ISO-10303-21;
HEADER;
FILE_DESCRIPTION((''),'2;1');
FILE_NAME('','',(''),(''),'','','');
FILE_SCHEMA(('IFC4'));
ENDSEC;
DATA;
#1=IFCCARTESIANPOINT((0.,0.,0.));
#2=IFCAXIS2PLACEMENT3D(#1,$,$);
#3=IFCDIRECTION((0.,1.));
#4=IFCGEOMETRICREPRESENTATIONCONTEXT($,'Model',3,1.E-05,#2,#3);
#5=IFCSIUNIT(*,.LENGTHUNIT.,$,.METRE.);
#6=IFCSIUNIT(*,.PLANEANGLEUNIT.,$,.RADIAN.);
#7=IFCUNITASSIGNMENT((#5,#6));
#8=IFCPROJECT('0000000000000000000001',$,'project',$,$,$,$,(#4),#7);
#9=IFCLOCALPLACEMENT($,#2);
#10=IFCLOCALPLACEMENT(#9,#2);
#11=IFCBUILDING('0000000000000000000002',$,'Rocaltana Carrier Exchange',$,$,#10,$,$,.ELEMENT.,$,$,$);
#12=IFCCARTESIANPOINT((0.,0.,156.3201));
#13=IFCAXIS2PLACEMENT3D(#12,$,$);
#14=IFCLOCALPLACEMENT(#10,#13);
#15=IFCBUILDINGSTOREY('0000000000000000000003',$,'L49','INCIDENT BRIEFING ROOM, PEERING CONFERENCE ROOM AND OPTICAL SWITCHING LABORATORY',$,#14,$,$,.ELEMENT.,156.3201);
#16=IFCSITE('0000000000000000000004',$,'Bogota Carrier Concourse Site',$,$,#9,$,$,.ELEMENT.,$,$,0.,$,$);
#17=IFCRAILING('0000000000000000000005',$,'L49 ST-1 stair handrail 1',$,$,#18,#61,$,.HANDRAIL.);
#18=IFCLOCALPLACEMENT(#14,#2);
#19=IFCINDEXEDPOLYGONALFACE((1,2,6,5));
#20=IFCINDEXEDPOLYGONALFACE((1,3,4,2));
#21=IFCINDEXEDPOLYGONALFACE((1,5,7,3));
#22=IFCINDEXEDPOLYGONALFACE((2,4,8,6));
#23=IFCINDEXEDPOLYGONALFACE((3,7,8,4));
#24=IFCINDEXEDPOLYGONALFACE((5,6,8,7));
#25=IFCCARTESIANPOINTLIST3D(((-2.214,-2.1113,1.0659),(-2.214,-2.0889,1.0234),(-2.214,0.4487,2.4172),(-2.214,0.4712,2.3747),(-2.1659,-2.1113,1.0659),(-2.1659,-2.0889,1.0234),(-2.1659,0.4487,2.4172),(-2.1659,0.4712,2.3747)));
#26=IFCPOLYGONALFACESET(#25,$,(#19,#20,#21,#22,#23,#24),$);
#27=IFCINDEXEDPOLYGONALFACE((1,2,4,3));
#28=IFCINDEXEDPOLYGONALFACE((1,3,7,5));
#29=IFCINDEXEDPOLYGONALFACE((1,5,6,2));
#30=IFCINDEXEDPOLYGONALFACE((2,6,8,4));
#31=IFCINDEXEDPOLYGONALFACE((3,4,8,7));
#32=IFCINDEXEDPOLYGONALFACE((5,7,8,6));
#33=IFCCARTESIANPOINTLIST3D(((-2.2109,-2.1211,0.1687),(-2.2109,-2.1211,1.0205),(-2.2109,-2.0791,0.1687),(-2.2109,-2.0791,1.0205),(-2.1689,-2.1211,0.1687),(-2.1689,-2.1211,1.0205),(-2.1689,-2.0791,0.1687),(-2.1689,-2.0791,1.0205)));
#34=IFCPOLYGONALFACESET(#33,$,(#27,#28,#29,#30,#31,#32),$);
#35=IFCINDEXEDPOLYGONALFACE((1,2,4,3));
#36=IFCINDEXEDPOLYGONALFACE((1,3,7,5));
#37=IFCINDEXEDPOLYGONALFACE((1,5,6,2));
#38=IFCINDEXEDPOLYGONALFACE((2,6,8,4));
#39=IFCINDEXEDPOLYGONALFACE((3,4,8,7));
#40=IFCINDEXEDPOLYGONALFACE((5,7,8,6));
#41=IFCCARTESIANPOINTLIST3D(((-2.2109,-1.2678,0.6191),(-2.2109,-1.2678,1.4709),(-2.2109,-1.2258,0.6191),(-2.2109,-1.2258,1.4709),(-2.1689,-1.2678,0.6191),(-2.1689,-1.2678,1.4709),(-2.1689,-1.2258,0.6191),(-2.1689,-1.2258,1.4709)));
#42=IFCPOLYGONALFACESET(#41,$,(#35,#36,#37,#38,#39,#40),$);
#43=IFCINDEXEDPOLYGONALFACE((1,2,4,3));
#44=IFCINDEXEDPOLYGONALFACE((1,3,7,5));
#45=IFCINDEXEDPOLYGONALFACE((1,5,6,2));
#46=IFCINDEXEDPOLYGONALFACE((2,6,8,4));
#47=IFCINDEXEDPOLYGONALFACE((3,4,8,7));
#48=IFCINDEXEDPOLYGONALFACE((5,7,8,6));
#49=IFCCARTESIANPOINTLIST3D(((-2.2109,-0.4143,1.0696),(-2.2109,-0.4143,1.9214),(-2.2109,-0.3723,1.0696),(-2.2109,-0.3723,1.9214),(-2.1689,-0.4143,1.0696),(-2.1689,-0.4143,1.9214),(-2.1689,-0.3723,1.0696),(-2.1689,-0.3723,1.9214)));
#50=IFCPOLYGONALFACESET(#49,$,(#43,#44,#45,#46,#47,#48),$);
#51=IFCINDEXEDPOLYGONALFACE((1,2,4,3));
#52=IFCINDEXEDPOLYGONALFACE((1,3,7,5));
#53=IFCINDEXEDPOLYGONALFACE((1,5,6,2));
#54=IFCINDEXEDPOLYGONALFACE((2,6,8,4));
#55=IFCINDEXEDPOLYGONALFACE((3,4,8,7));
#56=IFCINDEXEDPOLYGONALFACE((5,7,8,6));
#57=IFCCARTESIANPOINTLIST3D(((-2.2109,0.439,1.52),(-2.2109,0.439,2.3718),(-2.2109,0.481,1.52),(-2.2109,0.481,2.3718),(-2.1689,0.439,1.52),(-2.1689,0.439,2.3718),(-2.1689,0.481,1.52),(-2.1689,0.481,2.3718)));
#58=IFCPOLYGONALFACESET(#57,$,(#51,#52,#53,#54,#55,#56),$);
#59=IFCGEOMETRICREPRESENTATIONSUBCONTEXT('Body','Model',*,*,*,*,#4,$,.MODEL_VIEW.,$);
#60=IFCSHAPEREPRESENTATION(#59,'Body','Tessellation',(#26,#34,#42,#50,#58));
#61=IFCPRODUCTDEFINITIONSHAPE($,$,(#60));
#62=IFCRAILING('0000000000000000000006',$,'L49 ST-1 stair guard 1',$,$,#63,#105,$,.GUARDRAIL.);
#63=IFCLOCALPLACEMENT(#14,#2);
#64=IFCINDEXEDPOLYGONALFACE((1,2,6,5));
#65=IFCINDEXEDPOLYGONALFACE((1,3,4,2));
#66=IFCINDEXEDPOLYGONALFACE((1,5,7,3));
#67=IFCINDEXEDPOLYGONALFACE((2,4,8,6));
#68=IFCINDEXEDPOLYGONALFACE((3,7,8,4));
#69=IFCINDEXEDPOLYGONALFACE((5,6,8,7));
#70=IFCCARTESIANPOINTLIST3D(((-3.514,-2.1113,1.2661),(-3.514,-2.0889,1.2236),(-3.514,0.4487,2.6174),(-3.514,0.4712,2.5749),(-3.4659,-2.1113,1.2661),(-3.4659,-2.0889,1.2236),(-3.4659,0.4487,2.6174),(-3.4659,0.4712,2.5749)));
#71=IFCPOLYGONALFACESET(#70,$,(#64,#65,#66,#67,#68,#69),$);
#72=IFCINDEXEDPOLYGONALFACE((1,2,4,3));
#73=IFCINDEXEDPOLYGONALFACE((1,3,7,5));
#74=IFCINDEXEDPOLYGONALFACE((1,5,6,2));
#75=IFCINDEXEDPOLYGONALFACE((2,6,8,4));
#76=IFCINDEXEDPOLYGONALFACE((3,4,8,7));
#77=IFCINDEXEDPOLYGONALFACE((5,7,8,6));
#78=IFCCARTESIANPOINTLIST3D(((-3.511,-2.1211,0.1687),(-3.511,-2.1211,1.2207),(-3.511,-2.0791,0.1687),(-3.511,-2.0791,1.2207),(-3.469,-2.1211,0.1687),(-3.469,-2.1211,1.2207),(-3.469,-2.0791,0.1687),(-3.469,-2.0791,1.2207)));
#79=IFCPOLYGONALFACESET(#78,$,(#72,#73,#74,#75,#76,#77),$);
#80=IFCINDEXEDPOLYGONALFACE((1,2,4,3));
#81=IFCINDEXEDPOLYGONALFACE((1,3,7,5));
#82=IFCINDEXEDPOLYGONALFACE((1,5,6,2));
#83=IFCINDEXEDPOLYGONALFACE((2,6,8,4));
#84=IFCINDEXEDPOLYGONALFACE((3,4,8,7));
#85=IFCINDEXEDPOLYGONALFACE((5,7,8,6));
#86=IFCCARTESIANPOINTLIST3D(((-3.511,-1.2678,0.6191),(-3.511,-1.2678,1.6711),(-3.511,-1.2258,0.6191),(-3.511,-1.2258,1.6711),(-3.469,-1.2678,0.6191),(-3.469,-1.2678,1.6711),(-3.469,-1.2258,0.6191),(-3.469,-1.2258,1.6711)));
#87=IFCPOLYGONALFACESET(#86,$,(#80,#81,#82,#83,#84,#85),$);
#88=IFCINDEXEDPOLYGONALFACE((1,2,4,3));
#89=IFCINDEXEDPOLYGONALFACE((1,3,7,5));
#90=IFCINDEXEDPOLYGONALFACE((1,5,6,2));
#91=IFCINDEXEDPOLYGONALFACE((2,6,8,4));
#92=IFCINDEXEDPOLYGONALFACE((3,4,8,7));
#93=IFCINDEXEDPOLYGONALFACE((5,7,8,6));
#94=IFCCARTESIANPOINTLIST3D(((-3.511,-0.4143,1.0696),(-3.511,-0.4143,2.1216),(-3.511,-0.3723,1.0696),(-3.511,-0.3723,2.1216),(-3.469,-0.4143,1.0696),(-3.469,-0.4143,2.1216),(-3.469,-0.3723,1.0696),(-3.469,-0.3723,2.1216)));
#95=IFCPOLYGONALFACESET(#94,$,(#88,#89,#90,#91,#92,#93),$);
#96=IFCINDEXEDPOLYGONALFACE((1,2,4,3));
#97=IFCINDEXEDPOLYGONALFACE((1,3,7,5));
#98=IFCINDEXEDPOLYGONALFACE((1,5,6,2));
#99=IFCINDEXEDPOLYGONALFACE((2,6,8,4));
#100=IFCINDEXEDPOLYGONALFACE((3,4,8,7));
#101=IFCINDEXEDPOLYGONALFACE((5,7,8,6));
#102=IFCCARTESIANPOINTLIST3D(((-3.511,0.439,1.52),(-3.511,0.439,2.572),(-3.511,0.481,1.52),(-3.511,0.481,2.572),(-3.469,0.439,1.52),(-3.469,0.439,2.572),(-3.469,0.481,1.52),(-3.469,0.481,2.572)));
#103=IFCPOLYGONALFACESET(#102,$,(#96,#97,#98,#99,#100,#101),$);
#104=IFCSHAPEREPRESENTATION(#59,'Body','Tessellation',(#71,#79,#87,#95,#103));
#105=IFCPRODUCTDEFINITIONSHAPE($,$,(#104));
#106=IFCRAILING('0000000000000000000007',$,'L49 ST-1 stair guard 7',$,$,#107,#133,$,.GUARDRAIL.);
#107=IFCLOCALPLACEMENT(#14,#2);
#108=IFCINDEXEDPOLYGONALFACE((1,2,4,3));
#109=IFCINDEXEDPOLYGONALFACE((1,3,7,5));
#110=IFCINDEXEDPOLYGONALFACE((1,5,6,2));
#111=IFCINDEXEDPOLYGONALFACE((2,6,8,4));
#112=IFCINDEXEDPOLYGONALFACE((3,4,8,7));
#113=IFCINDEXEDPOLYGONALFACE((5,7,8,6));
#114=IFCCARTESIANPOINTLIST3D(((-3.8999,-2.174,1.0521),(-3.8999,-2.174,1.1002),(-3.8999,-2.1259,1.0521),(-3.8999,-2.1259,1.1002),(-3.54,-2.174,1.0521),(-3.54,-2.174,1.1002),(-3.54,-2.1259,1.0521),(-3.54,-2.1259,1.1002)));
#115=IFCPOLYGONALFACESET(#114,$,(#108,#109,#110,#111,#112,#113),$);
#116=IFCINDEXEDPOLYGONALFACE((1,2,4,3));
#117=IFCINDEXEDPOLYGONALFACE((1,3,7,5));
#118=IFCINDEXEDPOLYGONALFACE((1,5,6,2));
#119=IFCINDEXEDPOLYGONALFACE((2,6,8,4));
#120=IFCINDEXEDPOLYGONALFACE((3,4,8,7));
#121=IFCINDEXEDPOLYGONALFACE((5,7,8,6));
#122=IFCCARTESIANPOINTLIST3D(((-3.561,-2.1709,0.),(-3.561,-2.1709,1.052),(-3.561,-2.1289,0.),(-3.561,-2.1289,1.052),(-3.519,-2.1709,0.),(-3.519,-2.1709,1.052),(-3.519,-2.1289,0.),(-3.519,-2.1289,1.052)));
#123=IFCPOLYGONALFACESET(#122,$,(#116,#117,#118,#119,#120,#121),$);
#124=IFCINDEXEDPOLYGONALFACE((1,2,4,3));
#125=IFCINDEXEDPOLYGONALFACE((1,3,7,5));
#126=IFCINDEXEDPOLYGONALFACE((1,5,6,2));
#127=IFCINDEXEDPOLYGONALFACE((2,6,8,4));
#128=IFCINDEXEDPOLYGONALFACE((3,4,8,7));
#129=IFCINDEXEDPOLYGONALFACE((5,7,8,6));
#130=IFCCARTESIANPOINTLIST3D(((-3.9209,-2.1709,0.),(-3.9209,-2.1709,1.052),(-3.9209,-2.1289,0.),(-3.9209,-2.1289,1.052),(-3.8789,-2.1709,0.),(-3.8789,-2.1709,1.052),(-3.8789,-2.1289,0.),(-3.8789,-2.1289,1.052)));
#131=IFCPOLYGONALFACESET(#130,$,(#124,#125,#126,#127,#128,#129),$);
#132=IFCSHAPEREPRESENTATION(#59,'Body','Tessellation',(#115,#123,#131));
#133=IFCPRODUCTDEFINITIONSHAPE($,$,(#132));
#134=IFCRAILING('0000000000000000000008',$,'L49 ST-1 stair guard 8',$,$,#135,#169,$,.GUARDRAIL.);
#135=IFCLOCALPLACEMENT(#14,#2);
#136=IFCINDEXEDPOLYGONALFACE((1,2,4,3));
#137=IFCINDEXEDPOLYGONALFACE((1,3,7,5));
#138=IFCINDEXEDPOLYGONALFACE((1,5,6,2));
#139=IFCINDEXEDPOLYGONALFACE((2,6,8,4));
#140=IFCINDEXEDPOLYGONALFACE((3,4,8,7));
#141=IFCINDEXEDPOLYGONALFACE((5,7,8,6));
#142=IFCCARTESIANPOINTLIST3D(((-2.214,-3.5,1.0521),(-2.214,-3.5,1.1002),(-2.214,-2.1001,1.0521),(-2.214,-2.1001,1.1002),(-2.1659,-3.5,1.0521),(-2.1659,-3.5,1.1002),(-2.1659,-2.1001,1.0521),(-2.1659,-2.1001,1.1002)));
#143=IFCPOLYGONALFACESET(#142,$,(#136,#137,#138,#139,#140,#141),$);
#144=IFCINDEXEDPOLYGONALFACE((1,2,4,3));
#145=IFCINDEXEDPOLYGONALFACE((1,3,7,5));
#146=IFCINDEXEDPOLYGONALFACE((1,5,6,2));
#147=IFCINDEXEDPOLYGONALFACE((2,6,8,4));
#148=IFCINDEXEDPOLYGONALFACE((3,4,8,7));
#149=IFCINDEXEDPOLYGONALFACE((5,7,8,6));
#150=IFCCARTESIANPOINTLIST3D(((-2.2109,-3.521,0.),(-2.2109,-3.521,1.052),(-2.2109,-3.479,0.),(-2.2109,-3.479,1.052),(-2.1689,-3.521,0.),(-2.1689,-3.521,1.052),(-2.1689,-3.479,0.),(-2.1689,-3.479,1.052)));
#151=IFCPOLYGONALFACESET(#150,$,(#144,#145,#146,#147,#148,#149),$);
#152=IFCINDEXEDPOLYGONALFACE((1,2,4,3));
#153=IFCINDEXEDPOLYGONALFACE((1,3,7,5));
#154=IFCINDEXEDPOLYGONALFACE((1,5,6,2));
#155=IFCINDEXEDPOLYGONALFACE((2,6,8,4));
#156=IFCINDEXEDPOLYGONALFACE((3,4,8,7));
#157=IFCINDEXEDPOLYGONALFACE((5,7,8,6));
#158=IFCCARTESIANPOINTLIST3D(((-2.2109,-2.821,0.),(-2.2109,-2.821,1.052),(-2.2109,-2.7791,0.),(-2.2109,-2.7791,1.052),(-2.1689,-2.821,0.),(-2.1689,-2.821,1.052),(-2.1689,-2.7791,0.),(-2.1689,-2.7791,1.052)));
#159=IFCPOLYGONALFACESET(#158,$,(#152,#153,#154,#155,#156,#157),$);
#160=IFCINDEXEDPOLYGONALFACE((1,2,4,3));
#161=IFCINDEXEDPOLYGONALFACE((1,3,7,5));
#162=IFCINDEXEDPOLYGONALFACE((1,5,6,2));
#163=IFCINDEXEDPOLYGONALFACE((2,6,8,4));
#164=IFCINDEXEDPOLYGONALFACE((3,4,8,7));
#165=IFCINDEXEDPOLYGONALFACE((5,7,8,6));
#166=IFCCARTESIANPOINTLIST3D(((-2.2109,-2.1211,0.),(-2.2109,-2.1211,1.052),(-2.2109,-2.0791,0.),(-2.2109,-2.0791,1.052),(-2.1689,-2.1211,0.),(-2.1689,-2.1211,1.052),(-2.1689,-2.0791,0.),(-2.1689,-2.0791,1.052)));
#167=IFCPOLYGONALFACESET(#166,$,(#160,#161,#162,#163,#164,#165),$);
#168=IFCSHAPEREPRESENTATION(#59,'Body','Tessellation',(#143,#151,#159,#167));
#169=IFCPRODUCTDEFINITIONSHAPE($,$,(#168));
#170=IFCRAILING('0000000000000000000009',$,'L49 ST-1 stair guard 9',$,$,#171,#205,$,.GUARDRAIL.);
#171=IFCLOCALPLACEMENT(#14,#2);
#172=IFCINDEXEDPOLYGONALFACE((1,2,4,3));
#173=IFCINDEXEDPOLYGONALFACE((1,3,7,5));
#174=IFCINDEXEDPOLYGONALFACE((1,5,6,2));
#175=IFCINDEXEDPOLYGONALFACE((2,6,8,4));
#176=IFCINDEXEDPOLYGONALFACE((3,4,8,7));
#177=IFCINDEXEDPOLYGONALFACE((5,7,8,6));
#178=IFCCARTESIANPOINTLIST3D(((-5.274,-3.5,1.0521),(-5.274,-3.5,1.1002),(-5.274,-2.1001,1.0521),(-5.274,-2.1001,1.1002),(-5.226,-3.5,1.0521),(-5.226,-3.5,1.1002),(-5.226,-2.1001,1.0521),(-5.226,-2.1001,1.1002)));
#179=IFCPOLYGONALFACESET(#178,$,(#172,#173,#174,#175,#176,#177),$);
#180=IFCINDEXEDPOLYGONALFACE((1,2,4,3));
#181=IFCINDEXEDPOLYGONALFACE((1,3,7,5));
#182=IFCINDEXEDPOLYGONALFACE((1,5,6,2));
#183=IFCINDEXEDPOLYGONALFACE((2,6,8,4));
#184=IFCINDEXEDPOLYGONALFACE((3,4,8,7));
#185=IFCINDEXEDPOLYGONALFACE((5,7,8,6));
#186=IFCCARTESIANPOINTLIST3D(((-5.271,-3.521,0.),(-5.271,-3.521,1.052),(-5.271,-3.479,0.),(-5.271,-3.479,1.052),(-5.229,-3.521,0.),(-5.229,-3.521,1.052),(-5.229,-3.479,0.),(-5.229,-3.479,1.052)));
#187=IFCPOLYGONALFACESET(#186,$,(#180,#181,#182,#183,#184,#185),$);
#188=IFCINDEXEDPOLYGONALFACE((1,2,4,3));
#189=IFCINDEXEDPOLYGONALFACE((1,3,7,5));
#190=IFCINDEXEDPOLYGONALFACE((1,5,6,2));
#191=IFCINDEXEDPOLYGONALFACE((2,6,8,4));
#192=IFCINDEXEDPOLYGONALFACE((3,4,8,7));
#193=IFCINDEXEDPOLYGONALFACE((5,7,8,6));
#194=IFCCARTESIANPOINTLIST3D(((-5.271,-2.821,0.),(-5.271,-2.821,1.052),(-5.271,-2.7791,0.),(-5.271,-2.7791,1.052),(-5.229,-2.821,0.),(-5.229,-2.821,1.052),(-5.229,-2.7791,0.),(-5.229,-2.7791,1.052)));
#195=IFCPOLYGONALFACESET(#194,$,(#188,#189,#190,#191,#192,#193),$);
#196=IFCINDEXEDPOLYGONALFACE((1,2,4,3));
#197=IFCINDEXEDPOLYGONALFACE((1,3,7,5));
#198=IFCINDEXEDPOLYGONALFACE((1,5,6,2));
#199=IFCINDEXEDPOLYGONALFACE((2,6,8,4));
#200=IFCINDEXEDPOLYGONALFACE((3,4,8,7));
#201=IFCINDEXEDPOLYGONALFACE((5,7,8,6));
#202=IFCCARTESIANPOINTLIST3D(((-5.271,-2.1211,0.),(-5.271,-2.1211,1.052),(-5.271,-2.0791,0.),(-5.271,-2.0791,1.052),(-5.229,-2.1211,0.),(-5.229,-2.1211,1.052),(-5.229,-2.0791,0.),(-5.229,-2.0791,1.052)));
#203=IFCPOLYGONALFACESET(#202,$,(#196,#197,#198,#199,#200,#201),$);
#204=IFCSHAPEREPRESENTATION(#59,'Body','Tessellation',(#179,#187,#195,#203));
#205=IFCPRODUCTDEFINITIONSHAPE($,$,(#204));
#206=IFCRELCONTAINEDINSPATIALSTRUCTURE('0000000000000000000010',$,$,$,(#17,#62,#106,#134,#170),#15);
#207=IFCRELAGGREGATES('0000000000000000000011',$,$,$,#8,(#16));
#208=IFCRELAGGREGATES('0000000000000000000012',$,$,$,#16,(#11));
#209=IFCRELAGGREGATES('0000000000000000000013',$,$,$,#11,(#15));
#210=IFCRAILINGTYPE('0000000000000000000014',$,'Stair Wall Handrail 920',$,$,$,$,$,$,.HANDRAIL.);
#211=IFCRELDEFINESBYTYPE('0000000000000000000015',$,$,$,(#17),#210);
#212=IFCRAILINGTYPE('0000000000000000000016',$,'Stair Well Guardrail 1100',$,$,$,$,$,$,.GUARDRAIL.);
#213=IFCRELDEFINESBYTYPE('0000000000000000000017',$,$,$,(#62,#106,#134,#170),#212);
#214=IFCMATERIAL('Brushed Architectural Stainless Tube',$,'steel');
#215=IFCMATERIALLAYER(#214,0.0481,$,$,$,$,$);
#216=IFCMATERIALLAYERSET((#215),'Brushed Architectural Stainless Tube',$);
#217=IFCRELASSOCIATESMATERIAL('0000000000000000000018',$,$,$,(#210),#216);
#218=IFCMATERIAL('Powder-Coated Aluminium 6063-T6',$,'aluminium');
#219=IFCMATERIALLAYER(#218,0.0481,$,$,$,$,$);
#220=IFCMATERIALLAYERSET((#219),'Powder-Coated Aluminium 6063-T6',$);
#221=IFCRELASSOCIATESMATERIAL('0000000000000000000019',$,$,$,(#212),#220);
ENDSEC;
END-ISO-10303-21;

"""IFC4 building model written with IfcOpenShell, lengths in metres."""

from ifc_helpers import new_model, si_unit, direction, frame, origin, origin_2d, place, context, subcontext, project, spatial, rectangle, extrude, material, layer, layer_set, type_object, element, save


model = new_model("IFC4")

# Units and contexts
model_context = context("Model", 3, precision=1e-05, world=origin(), true_north=direction((0.0, 1.0)))
body_context = subcontext(model_context, "Body", "Model", "MODEL_VIEW")
ifc_project = project(units=[si_unit("LENGTHUNIT", "METRE"), si_unit("PLANEANGLEUNIT", "RADIAN")], contexts=[model_context])

# Site, building, storey
site_placement = place(None, origin())
site = spatial("IfcSite", under=ifc_project, at=site_placement, Name="Bogota Carrier Concourse Site", CompositionType="ELEMENT", RefElevation=0.0)
building_placement = place(site_placement, origin())
building = spatial("IfcBuilding", under=site, at=building_placement, Name="Rocaltana Carrier Exchange", CompositionType="ELEMENT")
storey_placement = place(building_placement, frame((0.0, 0.0, 156.3201)))
storey = spatial("IfcBuildingStorey", under=building, at=storey_placement, Name="L49", Description="INCIDENT BRIEFING ROOM, PEERING CONFERENCE ROOM AND OPTICAL SWITCHING LABORATORY", CompositionType="ELEMENT", Elevation=156.3201)

# Railings
ifc_material_1 = material(Name="Brushed Architectural Stainless Tube", Category="steel")
ifc_layer_1 = layer(ifc_material_1, 0.0481)
ifc_layer_set_1 = layer_set([ifc_layer_1], Name="Brushed Architectural Stainless Tube")
railing_type_1 = type_object("IfcRailingType", Name="Stair Wall Handrail 920", PredefinedType="HANDRAIL", material=ifc_layer_set_1)
railing_1_placement = place(storey_placement, frame((-2.1899, -2.1001, 0.1687)))
element("IfcRailing", 1, at=railing_1_placement, inside=storey, type_object=railing_type_1, Name="L49 ST-1 stair handrail 1", PredefinedType="HANDRAIL", context=body_context, shape_type="SweptSolid", body=[
    extrude(rectangle(XDim=0.0481, YDim=0.0481, at=origin_2d()), frame((0.0, 0.0, 0.876), z_axis=(0.0, 0.88436, 0.466806), x_axis=(-1.0, 0.0, 0.0)), (0.0, 0.0, 1.0), 2.8948),
    extrude(rectangle(XDim=0.042, YDim=0.042, at=origin_2d()), origin(), (0.0, 0.0, 1.0), 0.8518),
    extrude(rectangle(XDim=0.042, YDim=0.042, at=origin_2d()), frame((0.0, 0.8533, 0.4504)), (0.0, 0.0, 1.0), 0.8518),
    extrude(rectangle(XDim=0.042, YDim=0.042, at=origin_2d()), frame((0.0, 1.7068, 0.9009)), (0.0, 0.0, 1.0), 0.8518),
    extrude(rectangle(XDim=0.042, YDim=0.042, at=origin_2d()), frame((0.0, 2.5601, 1.3513)), (0.0, 0.0, 1.0), 0.8518),
])
ifc_material_2 = material(Name="Powder-Coated Aluminium 6063-T6", Category="aluminium")
ifc_layer_2 = layer(ifc_material_2, 0.0481)
ifc_layer_set_2 = layer_set([ifc_layer_2], Name="Powder-Coated Aluminium 6063-T6")
railing_type_2 = type_object("IfcRailingType", Name="Stair Well Guardrail 1100", PredefinedType="GUARDRAIL", material=ifc_layer_set_2)
railing_2_placement = place(storey_placement, frame((-3.49, -2.1001, 0.1687)))
element("IfcRailing", 2, at=railing_2_placement, inside=storey, type_object=railing_type_2, Name="L49 ST-1 stair guard 1", PredefinedType="GUARDRAIL", context=body_context, shape_type="SweptSolid", body=[
    extrude(rectangle(XDim=0.0481, YDim=0.0481, at=origin_2d()), frame((0.0, 0.0, 1.0762), z_axis=(0.0, 0.88436, 0.466806), x_axis=(-1.0, 0.0, 0.0)), (0.0, 0.0, 1.0), 2.8948),
    extrude(rectangle(XDim=0.042, YDim=0.042, at=origin_2d()), origin(), (0.0, 0.0, 1.0), 1.052),
    extrude(rectangle(XDim=0.042, YDim=0.042, at=origin_2d()), frame((0.0, 0.8533, 0.4504)), (0.0, 0.0, 1.0), 1.052),
    extrude(rectangle(XDim=0.042, YDim=0.042, at=origin_2d()), frame((0.0, 1.7068, 0.9009)), (0.0, 0.0, 1.0), 1.052),
    extrude(rectangle(XDim=0.042, YDim=0.042, at=origin_2d()), frame((0.0, 2.5601, 1.3513)), (0.0, 0.0, 1.0), 1.052),
])
railing_3_placement = place(storey_placement, frame((-3.54, -2.1499, 0.0)))
element("IfcRailing", 3, at=railing_3_placement, inside=storey, type_object=railing_type_2, Name="L49 ST-1 stair guard 7", PredefinedType="GUARDRAIL", context=body_context, shape_type="SweptSolid", body=[
    extrude(rectangle(XDim=0.0481, YDim=0.0481, at=origin_2d()), frame((0.0, 0.0, 1.0762), z_axis=(-1.0, 0.0, 0.0), x_axis=(0.0, -1.0, 0.0)), (0.0, 0.0, 1.0), 0.3599),
    extrude(rectangle(XDim=0.042, YDim=0.042, at=origin_2d()), origin(), (0.0, 0.0, 1.0), 1.052),
    extrude(rectangle(XDim=0.042, YDim=0.042, at=origin_2d()), frame((-0.3599, 0.0, 0.0)), (0.0, 0.0, 1.0), 1.052),
])
for number, where, name in (
    (4, (-2.1899, -3.5, 0.0), "L49 ST-1 stair guard 8"),
    (5, (-5.25, -3.5, 0.0), "L49 ST-1 stair guard 9"),
):
    element("IfcRailing", number, at=place(storey_placement, frame(where)), inside=storey, type_object=railing_type_2, Name=name, PredefinedType="GUARDRAIL", context=body_context, shape_type="SweptSolid", body=[
        extrude(rectangle(XDim=0.0481, YDim=0.0481, at=origin_2d()), frame((0.0, 0.0, 1.0762), z_axis=(0.0, 1.0, 0.0), x_axis=(-1.0, 0.0, 0.0)), (0.0, 0.0, 1.0), 1.3999),
        extrude(rectangle(XDim=0.042, YDim=0.042, at=origin_2d()), origin(), (0.0, 0.0, 1.0), 1.052),
        extrude(rectangle(XDim=0.042, YDim=0.042, at=origin_2d()), frame((0.0, 0.7, 0.0)), (0.0, 0.0, 1.0), 1.052),
        extrude(rectangle(XDim=0.042, YDim=0.042, at=origin_2d()), frame((0.0, 1.3999, 0.0)), (0.0, 0.0, 1.0), 1.052),
    ])

save(model, "model.ifc")
